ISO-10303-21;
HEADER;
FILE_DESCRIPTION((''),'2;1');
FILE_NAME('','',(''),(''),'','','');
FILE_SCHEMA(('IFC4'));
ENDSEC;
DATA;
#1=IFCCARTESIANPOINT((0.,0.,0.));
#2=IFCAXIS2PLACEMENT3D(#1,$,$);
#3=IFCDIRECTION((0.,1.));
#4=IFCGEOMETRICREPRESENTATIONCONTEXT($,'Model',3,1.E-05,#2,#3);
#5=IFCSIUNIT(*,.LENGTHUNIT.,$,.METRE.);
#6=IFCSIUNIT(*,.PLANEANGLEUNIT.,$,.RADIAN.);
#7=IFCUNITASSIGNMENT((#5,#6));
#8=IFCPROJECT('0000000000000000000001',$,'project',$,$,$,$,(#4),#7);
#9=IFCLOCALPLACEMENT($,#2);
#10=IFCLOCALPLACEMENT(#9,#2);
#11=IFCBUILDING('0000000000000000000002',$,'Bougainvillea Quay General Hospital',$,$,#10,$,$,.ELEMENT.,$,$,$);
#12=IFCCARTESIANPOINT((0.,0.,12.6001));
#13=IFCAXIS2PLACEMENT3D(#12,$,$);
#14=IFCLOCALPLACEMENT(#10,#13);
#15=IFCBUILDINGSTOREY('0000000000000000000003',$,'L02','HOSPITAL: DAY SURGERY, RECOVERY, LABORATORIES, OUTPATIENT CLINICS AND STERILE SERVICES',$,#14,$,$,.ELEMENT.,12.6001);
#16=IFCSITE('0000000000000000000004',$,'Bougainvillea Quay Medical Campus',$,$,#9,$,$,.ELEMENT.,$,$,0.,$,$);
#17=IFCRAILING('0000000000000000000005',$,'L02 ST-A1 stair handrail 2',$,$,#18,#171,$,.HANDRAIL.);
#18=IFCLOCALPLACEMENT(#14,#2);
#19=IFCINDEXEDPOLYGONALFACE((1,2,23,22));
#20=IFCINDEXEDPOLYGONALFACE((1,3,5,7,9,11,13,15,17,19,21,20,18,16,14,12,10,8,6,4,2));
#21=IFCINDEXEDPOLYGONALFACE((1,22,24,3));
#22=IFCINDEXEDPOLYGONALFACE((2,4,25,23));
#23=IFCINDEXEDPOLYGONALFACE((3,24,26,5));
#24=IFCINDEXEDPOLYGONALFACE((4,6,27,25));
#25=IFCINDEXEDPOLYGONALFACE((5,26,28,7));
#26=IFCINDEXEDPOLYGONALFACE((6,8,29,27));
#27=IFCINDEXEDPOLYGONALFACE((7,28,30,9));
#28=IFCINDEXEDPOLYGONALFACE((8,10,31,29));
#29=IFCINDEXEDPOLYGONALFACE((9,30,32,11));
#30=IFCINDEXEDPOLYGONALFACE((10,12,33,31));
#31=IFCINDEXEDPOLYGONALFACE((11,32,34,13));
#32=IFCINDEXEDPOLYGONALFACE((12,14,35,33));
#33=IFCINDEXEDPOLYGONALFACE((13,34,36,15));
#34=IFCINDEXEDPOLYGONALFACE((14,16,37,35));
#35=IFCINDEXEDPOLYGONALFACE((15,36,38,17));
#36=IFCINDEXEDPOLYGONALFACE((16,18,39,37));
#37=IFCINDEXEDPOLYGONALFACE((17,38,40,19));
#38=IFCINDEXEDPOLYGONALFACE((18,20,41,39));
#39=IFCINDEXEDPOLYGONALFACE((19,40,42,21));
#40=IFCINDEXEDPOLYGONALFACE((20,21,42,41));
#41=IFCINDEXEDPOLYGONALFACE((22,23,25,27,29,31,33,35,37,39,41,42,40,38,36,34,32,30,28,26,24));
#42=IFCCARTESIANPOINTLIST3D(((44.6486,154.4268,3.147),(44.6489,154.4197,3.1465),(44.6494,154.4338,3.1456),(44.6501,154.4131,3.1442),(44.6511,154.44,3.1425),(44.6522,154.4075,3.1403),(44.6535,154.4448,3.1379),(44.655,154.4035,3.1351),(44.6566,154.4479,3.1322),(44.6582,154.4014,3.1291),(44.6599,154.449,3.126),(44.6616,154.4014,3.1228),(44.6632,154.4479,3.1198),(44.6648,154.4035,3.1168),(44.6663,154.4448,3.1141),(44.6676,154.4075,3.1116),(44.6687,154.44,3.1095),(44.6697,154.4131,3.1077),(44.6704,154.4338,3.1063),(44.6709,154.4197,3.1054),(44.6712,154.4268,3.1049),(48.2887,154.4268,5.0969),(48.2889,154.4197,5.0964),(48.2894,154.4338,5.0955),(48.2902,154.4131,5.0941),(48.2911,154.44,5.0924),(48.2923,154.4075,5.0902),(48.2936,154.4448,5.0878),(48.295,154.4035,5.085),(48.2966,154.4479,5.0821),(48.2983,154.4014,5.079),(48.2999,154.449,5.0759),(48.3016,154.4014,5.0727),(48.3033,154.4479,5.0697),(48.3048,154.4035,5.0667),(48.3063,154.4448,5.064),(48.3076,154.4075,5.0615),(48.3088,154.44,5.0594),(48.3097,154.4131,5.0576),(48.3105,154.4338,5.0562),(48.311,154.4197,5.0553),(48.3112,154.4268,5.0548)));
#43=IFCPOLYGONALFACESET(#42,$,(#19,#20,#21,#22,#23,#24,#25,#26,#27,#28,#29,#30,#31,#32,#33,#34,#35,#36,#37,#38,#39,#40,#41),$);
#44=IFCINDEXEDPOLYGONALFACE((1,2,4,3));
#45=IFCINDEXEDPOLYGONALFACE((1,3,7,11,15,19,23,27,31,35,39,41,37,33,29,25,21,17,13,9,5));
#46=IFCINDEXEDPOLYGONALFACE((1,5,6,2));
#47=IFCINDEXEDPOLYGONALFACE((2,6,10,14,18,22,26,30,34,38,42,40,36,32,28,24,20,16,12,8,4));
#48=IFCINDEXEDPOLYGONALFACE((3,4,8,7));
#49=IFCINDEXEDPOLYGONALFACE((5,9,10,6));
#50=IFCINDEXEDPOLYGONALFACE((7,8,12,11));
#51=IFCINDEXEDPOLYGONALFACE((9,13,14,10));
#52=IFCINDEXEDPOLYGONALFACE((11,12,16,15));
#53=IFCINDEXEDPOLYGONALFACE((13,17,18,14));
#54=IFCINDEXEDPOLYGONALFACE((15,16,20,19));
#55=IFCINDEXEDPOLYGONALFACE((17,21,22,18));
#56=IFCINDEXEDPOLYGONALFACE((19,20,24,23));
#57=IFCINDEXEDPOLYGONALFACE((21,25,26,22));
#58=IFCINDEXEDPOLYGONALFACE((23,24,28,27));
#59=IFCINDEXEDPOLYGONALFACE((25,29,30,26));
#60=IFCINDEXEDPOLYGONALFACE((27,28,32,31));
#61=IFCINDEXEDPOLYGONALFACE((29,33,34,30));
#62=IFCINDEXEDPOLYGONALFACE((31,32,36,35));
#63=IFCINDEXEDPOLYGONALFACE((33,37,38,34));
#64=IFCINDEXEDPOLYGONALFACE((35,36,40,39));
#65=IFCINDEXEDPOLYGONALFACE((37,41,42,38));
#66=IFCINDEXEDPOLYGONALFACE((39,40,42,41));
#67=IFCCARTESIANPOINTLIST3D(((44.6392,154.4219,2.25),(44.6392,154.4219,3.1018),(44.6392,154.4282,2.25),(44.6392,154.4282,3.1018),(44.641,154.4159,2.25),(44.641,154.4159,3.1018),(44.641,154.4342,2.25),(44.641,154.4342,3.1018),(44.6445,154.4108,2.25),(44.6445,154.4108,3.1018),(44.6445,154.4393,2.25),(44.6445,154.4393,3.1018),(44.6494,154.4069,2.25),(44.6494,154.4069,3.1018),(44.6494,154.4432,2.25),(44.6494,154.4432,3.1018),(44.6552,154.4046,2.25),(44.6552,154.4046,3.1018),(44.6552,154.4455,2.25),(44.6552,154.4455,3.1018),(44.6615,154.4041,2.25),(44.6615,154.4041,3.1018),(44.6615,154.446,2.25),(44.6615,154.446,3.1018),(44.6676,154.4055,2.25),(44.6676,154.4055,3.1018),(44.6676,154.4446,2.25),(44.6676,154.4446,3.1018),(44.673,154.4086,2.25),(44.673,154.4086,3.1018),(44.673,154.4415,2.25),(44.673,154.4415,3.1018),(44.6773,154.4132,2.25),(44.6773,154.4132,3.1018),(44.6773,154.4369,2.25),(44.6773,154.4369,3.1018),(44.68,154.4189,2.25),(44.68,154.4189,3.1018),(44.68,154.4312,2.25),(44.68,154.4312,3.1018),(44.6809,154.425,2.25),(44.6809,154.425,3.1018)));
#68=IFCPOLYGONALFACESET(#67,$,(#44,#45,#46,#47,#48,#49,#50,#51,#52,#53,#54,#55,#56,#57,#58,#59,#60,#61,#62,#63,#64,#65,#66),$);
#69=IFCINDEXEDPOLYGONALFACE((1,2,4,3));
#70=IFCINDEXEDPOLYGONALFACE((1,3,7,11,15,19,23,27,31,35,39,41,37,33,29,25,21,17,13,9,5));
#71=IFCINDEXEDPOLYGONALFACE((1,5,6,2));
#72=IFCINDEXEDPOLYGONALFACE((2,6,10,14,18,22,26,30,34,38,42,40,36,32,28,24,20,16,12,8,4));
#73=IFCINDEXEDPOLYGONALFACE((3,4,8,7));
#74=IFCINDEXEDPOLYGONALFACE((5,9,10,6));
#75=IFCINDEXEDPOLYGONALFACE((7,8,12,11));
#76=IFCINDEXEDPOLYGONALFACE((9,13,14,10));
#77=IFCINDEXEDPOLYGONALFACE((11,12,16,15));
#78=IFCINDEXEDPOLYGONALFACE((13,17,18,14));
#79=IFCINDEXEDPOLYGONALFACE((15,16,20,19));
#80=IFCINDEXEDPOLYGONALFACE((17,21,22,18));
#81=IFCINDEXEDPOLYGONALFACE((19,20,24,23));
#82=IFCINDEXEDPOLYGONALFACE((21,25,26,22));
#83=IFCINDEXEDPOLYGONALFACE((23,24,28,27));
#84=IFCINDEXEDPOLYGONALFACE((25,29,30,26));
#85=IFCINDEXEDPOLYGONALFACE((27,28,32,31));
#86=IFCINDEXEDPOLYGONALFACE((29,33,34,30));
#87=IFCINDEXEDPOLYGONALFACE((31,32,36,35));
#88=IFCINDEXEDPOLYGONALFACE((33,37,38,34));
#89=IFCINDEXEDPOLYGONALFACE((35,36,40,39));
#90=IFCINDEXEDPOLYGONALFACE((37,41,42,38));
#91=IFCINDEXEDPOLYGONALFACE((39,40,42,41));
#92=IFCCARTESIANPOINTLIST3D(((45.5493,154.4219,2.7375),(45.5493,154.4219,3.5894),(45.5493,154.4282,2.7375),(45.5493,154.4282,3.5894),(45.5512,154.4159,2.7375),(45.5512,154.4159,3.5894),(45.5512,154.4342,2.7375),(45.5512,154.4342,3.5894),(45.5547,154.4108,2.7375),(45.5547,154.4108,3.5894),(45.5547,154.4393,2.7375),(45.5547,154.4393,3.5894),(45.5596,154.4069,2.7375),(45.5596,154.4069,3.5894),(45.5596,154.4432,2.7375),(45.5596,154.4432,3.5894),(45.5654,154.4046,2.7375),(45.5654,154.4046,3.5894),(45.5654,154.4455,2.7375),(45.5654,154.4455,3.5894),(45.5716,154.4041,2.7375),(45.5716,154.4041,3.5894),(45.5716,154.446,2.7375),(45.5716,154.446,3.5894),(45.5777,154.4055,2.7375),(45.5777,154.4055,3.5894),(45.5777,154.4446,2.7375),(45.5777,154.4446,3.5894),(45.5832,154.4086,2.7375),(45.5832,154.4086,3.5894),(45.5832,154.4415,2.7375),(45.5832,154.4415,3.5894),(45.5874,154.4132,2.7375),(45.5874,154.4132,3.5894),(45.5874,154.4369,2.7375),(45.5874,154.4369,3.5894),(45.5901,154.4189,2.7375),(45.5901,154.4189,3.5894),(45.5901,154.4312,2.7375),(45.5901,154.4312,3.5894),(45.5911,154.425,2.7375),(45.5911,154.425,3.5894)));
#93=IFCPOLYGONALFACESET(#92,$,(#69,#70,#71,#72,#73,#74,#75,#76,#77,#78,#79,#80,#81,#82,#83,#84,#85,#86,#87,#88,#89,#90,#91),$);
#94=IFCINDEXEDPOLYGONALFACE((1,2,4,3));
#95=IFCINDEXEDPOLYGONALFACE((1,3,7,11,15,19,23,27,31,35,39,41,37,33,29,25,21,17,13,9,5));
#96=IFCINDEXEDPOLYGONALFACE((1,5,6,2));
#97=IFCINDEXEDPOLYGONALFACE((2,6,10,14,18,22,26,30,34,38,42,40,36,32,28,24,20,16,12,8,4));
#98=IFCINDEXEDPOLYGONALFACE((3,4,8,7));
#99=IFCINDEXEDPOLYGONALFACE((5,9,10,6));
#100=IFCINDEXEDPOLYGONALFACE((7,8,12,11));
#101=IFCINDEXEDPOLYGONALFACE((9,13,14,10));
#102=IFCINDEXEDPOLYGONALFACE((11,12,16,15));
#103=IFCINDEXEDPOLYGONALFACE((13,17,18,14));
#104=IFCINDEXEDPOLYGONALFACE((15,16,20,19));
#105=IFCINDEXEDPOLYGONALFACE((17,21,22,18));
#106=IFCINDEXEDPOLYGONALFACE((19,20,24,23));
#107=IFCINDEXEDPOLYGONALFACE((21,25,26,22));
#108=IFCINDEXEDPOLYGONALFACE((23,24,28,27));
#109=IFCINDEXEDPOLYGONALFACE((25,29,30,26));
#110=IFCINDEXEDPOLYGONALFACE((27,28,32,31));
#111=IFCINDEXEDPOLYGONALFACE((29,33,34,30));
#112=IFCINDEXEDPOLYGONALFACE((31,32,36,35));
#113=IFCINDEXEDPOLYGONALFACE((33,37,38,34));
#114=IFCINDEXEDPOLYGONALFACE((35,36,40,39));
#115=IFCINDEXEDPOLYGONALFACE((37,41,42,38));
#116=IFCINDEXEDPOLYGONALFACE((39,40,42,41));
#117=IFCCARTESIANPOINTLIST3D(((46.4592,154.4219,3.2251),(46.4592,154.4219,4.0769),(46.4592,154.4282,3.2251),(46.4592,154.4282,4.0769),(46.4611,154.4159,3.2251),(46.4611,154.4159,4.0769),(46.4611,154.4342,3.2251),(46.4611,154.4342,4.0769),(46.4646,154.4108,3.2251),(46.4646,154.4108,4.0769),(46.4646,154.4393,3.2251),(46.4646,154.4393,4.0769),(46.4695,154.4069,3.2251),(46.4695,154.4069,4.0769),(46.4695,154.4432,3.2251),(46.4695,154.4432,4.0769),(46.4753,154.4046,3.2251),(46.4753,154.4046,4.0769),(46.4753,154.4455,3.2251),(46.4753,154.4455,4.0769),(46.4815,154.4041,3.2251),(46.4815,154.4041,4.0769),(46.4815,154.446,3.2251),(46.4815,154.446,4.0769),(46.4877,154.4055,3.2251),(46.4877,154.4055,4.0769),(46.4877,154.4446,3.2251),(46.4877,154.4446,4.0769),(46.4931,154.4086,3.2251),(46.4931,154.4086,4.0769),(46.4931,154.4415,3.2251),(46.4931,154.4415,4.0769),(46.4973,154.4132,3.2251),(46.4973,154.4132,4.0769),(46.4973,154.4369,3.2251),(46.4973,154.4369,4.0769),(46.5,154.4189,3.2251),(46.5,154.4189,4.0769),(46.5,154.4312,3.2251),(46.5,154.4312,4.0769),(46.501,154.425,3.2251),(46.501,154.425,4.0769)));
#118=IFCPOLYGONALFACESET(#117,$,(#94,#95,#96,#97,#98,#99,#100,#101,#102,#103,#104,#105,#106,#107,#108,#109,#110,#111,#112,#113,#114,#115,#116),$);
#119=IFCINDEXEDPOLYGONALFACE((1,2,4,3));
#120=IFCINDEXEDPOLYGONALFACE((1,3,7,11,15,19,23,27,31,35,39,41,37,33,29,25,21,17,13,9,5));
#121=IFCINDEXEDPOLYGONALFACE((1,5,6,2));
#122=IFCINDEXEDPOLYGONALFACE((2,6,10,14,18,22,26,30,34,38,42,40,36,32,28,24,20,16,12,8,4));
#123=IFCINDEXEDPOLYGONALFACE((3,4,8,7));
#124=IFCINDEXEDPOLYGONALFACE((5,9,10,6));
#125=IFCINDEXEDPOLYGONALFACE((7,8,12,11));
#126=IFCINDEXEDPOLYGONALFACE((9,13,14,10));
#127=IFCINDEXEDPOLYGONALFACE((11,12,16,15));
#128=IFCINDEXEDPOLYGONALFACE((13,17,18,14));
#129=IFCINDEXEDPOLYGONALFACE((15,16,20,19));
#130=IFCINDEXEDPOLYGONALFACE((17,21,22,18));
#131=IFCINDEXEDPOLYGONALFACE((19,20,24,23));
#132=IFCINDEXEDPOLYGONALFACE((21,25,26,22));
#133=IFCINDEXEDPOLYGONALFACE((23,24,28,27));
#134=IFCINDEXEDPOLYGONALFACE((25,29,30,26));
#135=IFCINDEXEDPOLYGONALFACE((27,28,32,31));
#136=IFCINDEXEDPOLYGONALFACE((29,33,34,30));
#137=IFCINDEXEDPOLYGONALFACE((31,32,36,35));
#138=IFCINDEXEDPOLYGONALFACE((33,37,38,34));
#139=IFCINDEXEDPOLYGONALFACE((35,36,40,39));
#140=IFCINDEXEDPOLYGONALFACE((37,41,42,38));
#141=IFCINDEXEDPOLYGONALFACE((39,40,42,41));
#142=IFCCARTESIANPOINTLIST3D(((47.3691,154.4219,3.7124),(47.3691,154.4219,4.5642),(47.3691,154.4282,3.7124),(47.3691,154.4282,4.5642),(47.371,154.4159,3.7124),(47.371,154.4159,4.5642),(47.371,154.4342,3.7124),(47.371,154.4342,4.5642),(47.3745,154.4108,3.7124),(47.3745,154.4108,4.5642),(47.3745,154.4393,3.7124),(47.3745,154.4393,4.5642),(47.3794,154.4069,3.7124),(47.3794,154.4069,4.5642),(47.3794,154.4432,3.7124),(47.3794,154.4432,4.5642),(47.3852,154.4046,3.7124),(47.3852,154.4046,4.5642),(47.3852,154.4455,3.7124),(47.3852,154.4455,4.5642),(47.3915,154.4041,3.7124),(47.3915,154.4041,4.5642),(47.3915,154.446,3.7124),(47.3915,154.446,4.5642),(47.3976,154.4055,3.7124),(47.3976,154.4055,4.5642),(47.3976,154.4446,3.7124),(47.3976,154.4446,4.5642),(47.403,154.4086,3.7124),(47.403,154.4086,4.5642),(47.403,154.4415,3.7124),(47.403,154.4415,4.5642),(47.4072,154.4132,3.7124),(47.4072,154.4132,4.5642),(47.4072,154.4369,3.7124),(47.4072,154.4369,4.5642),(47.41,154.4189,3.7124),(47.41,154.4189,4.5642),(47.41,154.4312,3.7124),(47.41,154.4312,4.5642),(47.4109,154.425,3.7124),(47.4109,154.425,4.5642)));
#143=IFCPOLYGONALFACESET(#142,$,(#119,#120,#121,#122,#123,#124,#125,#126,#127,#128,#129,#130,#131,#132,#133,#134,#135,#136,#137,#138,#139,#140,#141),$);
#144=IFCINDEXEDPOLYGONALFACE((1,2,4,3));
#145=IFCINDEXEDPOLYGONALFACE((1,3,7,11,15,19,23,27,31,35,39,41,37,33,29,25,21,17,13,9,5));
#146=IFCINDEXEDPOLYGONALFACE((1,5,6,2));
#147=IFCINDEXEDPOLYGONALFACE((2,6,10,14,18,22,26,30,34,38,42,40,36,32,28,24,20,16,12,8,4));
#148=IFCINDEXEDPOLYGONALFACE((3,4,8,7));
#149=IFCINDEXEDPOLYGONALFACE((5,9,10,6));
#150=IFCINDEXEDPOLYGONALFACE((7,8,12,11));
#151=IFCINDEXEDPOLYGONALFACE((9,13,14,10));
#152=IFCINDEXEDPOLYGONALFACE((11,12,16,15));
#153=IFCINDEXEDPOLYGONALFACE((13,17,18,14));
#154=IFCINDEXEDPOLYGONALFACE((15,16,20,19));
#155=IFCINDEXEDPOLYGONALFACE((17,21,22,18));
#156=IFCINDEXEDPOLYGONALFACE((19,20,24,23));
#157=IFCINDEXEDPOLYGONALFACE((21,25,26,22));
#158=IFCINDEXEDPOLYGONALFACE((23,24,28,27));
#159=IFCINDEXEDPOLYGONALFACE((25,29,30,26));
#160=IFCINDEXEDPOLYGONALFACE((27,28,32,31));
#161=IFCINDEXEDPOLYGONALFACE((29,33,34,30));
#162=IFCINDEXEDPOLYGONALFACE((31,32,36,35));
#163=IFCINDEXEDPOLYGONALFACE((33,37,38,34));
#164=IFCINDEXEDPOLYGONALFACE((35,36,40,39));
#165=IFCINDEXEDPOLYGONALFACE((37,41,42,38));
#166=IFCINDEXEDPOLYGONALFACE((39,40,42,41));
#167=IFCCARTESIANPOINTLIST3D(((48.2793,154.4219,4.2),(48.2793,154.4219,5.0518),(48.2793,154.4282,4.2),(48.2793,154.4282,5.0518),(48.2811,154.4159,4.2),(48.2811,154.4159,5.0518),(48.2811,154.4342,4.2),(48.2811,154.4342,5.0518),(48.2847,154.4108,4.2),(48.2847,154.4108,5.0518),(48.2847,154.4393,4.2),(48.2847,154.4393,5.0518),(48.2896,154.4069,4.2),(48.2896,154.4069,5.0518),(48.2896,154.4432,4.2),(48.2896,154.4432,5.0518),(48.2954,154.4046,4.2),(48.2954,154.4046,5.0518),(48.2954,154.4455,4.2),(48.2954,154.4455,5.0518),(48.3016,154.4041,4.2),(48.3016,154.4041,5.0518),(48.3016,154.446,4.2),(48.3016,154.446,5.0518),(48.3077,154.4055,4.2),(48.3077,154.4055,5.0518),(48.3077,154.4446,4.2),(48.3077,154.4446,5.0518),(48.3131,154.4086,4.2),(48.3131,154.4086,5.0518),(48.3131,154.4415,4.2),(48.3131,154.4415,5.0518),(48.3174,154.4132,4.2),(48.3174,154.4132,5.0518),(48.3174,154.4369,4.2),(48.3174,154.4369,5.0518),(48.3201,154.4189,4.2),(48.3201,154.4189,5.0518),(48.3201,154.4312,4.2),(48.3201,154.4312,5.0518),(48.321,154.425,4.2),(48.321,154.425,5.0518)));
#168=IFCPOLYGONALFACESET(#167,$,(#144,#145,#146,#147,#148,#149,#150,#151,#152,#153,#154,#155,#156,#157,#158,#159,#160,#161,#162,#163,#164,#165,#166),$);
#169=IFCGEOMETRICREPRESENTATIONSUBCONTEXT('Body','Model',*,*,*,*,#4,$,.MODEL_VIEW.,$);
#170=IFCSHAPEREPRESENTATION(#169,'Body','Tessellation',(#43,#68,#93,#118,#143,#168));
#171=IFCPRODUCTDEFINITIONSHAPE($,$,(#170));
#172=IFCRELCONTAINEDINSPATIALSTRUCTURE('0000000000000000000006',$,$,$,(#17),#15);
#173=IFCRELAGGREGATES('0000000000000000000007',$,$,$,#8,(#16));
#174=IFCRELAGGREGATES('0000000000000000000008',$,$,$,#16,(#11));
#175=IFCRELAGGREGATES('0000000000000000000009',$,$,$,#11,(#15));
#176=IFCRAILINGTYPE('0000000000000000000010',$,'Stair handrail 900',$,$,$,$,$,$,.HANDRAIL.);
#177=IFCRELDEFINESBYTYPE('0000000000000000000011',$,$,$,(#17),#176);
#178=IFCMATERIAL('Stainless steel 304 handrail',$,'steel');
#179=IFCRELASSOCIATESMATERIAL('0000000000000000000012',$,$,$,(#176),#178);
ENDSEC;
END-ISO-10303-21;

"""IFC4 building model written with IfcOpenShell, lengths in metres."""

from ifc_helpers import new_model, si_unit, direction, frame, origin, origin_2d, place, context, subcontext, project, spatial, circle, extrude, material, type_object, element, save


model = new_model("IFC4")

# Units and contexts
model_context = context("Model", 3, precision=1e-05, world=origin(), true_north=direction((0.0, 1.0)))
body_context = subcontext(model_context, "Body", "Model", "MODEL_VIEW")
ifc_project = project(units=[si_unit("LENGTHUNIT", "METRE"), si_unit("PLANEANGLEUNIT", "RADIAN")], contexts=[model_context])

# Site, building, storey
site_placement = place(None, origin())
site = spatial("IfcSite", under=ifc_project, at=site_placement, Name="Bougainvillea Quay Medical Campus", CompositionType="ELEMENT", RefElevation=0.0)
building_placement = place(site_placement, origin())
building = spatial("IfcBuilding", under=site, at=building_placement, Name="Bougainvillea Quay General Hospital", CompositionType="ELEMENT")
storey_placement = place(building_placement, frame((0.0, 0.0, 12.6001)))
storey = spatial("IfcBuildingStorey", under=building, at=storey_placement, Name="L02", Description="HOSPITAL: DAY SURGERY, RECOVERY, LABORATORIES, OUTPATIENT CLINICS AND STERILE SERVICES", CompositionType="ELEMENT", Elevation=12.6001)

# Railing
ifc_material_1 = material(Name="Stainless steel 304 handrail", Category="steel")
railing_type_1 = type_object("IfcRailingType", Name="Stair handrail 900", PredefinedType="HANDRAIL", material=ifc_material_1)
railing_1_placement = place(storey_placement, frame((44.6599, 154.425, 2.25)))
element("IfcRailing", 1, at=railing_1_placement, inside=storey, type_object=railing_type_1, Name="L02 ST-A1 stair handrail 2", PredefinedType="HANDRAIL", context=body_context, shape_type="SweptSolid", body=[
    extrude(circle(Radius=0.0239, at=origin_2d()), frame((0.0, 0.0, 0.876), z_axis=(0.881492, 0.0, 0.472198), x_axis=(0.0, 1.0, 0.0)), (0.0, 0.0, 1.0), 4.1294),
    extrude(circle(Radius=0.021, at=origin_2d()), origin(), (0.0, 0.0, 1.0), 0.8518),
    extrude(circle(Radius=0.021, at=origin_2d()), frame((0.9102, 0.0, 0.4875)), (0.0, 0.0, 1.0), 0.8518),
    extrude(circle(Radius=0.021, at=origin_2d()), frame((1.8201, 0.0, 0.9751)), (0.0, 0.0, 1.0), 0.8518),
    extrude(circle(Radius=0.021, at=origin_2d()), frame((2.73, 0.0, 1.4624)), (0.0, 0.0, 1.0), 0.8518),
    extrude(circle(Radius=0.021, at=origin_2d()), frame((3.6401, 0.0, 1.95)), (0.0, 0.0, 1.0), 0.8518),
])

save(model, "model.ifc")
